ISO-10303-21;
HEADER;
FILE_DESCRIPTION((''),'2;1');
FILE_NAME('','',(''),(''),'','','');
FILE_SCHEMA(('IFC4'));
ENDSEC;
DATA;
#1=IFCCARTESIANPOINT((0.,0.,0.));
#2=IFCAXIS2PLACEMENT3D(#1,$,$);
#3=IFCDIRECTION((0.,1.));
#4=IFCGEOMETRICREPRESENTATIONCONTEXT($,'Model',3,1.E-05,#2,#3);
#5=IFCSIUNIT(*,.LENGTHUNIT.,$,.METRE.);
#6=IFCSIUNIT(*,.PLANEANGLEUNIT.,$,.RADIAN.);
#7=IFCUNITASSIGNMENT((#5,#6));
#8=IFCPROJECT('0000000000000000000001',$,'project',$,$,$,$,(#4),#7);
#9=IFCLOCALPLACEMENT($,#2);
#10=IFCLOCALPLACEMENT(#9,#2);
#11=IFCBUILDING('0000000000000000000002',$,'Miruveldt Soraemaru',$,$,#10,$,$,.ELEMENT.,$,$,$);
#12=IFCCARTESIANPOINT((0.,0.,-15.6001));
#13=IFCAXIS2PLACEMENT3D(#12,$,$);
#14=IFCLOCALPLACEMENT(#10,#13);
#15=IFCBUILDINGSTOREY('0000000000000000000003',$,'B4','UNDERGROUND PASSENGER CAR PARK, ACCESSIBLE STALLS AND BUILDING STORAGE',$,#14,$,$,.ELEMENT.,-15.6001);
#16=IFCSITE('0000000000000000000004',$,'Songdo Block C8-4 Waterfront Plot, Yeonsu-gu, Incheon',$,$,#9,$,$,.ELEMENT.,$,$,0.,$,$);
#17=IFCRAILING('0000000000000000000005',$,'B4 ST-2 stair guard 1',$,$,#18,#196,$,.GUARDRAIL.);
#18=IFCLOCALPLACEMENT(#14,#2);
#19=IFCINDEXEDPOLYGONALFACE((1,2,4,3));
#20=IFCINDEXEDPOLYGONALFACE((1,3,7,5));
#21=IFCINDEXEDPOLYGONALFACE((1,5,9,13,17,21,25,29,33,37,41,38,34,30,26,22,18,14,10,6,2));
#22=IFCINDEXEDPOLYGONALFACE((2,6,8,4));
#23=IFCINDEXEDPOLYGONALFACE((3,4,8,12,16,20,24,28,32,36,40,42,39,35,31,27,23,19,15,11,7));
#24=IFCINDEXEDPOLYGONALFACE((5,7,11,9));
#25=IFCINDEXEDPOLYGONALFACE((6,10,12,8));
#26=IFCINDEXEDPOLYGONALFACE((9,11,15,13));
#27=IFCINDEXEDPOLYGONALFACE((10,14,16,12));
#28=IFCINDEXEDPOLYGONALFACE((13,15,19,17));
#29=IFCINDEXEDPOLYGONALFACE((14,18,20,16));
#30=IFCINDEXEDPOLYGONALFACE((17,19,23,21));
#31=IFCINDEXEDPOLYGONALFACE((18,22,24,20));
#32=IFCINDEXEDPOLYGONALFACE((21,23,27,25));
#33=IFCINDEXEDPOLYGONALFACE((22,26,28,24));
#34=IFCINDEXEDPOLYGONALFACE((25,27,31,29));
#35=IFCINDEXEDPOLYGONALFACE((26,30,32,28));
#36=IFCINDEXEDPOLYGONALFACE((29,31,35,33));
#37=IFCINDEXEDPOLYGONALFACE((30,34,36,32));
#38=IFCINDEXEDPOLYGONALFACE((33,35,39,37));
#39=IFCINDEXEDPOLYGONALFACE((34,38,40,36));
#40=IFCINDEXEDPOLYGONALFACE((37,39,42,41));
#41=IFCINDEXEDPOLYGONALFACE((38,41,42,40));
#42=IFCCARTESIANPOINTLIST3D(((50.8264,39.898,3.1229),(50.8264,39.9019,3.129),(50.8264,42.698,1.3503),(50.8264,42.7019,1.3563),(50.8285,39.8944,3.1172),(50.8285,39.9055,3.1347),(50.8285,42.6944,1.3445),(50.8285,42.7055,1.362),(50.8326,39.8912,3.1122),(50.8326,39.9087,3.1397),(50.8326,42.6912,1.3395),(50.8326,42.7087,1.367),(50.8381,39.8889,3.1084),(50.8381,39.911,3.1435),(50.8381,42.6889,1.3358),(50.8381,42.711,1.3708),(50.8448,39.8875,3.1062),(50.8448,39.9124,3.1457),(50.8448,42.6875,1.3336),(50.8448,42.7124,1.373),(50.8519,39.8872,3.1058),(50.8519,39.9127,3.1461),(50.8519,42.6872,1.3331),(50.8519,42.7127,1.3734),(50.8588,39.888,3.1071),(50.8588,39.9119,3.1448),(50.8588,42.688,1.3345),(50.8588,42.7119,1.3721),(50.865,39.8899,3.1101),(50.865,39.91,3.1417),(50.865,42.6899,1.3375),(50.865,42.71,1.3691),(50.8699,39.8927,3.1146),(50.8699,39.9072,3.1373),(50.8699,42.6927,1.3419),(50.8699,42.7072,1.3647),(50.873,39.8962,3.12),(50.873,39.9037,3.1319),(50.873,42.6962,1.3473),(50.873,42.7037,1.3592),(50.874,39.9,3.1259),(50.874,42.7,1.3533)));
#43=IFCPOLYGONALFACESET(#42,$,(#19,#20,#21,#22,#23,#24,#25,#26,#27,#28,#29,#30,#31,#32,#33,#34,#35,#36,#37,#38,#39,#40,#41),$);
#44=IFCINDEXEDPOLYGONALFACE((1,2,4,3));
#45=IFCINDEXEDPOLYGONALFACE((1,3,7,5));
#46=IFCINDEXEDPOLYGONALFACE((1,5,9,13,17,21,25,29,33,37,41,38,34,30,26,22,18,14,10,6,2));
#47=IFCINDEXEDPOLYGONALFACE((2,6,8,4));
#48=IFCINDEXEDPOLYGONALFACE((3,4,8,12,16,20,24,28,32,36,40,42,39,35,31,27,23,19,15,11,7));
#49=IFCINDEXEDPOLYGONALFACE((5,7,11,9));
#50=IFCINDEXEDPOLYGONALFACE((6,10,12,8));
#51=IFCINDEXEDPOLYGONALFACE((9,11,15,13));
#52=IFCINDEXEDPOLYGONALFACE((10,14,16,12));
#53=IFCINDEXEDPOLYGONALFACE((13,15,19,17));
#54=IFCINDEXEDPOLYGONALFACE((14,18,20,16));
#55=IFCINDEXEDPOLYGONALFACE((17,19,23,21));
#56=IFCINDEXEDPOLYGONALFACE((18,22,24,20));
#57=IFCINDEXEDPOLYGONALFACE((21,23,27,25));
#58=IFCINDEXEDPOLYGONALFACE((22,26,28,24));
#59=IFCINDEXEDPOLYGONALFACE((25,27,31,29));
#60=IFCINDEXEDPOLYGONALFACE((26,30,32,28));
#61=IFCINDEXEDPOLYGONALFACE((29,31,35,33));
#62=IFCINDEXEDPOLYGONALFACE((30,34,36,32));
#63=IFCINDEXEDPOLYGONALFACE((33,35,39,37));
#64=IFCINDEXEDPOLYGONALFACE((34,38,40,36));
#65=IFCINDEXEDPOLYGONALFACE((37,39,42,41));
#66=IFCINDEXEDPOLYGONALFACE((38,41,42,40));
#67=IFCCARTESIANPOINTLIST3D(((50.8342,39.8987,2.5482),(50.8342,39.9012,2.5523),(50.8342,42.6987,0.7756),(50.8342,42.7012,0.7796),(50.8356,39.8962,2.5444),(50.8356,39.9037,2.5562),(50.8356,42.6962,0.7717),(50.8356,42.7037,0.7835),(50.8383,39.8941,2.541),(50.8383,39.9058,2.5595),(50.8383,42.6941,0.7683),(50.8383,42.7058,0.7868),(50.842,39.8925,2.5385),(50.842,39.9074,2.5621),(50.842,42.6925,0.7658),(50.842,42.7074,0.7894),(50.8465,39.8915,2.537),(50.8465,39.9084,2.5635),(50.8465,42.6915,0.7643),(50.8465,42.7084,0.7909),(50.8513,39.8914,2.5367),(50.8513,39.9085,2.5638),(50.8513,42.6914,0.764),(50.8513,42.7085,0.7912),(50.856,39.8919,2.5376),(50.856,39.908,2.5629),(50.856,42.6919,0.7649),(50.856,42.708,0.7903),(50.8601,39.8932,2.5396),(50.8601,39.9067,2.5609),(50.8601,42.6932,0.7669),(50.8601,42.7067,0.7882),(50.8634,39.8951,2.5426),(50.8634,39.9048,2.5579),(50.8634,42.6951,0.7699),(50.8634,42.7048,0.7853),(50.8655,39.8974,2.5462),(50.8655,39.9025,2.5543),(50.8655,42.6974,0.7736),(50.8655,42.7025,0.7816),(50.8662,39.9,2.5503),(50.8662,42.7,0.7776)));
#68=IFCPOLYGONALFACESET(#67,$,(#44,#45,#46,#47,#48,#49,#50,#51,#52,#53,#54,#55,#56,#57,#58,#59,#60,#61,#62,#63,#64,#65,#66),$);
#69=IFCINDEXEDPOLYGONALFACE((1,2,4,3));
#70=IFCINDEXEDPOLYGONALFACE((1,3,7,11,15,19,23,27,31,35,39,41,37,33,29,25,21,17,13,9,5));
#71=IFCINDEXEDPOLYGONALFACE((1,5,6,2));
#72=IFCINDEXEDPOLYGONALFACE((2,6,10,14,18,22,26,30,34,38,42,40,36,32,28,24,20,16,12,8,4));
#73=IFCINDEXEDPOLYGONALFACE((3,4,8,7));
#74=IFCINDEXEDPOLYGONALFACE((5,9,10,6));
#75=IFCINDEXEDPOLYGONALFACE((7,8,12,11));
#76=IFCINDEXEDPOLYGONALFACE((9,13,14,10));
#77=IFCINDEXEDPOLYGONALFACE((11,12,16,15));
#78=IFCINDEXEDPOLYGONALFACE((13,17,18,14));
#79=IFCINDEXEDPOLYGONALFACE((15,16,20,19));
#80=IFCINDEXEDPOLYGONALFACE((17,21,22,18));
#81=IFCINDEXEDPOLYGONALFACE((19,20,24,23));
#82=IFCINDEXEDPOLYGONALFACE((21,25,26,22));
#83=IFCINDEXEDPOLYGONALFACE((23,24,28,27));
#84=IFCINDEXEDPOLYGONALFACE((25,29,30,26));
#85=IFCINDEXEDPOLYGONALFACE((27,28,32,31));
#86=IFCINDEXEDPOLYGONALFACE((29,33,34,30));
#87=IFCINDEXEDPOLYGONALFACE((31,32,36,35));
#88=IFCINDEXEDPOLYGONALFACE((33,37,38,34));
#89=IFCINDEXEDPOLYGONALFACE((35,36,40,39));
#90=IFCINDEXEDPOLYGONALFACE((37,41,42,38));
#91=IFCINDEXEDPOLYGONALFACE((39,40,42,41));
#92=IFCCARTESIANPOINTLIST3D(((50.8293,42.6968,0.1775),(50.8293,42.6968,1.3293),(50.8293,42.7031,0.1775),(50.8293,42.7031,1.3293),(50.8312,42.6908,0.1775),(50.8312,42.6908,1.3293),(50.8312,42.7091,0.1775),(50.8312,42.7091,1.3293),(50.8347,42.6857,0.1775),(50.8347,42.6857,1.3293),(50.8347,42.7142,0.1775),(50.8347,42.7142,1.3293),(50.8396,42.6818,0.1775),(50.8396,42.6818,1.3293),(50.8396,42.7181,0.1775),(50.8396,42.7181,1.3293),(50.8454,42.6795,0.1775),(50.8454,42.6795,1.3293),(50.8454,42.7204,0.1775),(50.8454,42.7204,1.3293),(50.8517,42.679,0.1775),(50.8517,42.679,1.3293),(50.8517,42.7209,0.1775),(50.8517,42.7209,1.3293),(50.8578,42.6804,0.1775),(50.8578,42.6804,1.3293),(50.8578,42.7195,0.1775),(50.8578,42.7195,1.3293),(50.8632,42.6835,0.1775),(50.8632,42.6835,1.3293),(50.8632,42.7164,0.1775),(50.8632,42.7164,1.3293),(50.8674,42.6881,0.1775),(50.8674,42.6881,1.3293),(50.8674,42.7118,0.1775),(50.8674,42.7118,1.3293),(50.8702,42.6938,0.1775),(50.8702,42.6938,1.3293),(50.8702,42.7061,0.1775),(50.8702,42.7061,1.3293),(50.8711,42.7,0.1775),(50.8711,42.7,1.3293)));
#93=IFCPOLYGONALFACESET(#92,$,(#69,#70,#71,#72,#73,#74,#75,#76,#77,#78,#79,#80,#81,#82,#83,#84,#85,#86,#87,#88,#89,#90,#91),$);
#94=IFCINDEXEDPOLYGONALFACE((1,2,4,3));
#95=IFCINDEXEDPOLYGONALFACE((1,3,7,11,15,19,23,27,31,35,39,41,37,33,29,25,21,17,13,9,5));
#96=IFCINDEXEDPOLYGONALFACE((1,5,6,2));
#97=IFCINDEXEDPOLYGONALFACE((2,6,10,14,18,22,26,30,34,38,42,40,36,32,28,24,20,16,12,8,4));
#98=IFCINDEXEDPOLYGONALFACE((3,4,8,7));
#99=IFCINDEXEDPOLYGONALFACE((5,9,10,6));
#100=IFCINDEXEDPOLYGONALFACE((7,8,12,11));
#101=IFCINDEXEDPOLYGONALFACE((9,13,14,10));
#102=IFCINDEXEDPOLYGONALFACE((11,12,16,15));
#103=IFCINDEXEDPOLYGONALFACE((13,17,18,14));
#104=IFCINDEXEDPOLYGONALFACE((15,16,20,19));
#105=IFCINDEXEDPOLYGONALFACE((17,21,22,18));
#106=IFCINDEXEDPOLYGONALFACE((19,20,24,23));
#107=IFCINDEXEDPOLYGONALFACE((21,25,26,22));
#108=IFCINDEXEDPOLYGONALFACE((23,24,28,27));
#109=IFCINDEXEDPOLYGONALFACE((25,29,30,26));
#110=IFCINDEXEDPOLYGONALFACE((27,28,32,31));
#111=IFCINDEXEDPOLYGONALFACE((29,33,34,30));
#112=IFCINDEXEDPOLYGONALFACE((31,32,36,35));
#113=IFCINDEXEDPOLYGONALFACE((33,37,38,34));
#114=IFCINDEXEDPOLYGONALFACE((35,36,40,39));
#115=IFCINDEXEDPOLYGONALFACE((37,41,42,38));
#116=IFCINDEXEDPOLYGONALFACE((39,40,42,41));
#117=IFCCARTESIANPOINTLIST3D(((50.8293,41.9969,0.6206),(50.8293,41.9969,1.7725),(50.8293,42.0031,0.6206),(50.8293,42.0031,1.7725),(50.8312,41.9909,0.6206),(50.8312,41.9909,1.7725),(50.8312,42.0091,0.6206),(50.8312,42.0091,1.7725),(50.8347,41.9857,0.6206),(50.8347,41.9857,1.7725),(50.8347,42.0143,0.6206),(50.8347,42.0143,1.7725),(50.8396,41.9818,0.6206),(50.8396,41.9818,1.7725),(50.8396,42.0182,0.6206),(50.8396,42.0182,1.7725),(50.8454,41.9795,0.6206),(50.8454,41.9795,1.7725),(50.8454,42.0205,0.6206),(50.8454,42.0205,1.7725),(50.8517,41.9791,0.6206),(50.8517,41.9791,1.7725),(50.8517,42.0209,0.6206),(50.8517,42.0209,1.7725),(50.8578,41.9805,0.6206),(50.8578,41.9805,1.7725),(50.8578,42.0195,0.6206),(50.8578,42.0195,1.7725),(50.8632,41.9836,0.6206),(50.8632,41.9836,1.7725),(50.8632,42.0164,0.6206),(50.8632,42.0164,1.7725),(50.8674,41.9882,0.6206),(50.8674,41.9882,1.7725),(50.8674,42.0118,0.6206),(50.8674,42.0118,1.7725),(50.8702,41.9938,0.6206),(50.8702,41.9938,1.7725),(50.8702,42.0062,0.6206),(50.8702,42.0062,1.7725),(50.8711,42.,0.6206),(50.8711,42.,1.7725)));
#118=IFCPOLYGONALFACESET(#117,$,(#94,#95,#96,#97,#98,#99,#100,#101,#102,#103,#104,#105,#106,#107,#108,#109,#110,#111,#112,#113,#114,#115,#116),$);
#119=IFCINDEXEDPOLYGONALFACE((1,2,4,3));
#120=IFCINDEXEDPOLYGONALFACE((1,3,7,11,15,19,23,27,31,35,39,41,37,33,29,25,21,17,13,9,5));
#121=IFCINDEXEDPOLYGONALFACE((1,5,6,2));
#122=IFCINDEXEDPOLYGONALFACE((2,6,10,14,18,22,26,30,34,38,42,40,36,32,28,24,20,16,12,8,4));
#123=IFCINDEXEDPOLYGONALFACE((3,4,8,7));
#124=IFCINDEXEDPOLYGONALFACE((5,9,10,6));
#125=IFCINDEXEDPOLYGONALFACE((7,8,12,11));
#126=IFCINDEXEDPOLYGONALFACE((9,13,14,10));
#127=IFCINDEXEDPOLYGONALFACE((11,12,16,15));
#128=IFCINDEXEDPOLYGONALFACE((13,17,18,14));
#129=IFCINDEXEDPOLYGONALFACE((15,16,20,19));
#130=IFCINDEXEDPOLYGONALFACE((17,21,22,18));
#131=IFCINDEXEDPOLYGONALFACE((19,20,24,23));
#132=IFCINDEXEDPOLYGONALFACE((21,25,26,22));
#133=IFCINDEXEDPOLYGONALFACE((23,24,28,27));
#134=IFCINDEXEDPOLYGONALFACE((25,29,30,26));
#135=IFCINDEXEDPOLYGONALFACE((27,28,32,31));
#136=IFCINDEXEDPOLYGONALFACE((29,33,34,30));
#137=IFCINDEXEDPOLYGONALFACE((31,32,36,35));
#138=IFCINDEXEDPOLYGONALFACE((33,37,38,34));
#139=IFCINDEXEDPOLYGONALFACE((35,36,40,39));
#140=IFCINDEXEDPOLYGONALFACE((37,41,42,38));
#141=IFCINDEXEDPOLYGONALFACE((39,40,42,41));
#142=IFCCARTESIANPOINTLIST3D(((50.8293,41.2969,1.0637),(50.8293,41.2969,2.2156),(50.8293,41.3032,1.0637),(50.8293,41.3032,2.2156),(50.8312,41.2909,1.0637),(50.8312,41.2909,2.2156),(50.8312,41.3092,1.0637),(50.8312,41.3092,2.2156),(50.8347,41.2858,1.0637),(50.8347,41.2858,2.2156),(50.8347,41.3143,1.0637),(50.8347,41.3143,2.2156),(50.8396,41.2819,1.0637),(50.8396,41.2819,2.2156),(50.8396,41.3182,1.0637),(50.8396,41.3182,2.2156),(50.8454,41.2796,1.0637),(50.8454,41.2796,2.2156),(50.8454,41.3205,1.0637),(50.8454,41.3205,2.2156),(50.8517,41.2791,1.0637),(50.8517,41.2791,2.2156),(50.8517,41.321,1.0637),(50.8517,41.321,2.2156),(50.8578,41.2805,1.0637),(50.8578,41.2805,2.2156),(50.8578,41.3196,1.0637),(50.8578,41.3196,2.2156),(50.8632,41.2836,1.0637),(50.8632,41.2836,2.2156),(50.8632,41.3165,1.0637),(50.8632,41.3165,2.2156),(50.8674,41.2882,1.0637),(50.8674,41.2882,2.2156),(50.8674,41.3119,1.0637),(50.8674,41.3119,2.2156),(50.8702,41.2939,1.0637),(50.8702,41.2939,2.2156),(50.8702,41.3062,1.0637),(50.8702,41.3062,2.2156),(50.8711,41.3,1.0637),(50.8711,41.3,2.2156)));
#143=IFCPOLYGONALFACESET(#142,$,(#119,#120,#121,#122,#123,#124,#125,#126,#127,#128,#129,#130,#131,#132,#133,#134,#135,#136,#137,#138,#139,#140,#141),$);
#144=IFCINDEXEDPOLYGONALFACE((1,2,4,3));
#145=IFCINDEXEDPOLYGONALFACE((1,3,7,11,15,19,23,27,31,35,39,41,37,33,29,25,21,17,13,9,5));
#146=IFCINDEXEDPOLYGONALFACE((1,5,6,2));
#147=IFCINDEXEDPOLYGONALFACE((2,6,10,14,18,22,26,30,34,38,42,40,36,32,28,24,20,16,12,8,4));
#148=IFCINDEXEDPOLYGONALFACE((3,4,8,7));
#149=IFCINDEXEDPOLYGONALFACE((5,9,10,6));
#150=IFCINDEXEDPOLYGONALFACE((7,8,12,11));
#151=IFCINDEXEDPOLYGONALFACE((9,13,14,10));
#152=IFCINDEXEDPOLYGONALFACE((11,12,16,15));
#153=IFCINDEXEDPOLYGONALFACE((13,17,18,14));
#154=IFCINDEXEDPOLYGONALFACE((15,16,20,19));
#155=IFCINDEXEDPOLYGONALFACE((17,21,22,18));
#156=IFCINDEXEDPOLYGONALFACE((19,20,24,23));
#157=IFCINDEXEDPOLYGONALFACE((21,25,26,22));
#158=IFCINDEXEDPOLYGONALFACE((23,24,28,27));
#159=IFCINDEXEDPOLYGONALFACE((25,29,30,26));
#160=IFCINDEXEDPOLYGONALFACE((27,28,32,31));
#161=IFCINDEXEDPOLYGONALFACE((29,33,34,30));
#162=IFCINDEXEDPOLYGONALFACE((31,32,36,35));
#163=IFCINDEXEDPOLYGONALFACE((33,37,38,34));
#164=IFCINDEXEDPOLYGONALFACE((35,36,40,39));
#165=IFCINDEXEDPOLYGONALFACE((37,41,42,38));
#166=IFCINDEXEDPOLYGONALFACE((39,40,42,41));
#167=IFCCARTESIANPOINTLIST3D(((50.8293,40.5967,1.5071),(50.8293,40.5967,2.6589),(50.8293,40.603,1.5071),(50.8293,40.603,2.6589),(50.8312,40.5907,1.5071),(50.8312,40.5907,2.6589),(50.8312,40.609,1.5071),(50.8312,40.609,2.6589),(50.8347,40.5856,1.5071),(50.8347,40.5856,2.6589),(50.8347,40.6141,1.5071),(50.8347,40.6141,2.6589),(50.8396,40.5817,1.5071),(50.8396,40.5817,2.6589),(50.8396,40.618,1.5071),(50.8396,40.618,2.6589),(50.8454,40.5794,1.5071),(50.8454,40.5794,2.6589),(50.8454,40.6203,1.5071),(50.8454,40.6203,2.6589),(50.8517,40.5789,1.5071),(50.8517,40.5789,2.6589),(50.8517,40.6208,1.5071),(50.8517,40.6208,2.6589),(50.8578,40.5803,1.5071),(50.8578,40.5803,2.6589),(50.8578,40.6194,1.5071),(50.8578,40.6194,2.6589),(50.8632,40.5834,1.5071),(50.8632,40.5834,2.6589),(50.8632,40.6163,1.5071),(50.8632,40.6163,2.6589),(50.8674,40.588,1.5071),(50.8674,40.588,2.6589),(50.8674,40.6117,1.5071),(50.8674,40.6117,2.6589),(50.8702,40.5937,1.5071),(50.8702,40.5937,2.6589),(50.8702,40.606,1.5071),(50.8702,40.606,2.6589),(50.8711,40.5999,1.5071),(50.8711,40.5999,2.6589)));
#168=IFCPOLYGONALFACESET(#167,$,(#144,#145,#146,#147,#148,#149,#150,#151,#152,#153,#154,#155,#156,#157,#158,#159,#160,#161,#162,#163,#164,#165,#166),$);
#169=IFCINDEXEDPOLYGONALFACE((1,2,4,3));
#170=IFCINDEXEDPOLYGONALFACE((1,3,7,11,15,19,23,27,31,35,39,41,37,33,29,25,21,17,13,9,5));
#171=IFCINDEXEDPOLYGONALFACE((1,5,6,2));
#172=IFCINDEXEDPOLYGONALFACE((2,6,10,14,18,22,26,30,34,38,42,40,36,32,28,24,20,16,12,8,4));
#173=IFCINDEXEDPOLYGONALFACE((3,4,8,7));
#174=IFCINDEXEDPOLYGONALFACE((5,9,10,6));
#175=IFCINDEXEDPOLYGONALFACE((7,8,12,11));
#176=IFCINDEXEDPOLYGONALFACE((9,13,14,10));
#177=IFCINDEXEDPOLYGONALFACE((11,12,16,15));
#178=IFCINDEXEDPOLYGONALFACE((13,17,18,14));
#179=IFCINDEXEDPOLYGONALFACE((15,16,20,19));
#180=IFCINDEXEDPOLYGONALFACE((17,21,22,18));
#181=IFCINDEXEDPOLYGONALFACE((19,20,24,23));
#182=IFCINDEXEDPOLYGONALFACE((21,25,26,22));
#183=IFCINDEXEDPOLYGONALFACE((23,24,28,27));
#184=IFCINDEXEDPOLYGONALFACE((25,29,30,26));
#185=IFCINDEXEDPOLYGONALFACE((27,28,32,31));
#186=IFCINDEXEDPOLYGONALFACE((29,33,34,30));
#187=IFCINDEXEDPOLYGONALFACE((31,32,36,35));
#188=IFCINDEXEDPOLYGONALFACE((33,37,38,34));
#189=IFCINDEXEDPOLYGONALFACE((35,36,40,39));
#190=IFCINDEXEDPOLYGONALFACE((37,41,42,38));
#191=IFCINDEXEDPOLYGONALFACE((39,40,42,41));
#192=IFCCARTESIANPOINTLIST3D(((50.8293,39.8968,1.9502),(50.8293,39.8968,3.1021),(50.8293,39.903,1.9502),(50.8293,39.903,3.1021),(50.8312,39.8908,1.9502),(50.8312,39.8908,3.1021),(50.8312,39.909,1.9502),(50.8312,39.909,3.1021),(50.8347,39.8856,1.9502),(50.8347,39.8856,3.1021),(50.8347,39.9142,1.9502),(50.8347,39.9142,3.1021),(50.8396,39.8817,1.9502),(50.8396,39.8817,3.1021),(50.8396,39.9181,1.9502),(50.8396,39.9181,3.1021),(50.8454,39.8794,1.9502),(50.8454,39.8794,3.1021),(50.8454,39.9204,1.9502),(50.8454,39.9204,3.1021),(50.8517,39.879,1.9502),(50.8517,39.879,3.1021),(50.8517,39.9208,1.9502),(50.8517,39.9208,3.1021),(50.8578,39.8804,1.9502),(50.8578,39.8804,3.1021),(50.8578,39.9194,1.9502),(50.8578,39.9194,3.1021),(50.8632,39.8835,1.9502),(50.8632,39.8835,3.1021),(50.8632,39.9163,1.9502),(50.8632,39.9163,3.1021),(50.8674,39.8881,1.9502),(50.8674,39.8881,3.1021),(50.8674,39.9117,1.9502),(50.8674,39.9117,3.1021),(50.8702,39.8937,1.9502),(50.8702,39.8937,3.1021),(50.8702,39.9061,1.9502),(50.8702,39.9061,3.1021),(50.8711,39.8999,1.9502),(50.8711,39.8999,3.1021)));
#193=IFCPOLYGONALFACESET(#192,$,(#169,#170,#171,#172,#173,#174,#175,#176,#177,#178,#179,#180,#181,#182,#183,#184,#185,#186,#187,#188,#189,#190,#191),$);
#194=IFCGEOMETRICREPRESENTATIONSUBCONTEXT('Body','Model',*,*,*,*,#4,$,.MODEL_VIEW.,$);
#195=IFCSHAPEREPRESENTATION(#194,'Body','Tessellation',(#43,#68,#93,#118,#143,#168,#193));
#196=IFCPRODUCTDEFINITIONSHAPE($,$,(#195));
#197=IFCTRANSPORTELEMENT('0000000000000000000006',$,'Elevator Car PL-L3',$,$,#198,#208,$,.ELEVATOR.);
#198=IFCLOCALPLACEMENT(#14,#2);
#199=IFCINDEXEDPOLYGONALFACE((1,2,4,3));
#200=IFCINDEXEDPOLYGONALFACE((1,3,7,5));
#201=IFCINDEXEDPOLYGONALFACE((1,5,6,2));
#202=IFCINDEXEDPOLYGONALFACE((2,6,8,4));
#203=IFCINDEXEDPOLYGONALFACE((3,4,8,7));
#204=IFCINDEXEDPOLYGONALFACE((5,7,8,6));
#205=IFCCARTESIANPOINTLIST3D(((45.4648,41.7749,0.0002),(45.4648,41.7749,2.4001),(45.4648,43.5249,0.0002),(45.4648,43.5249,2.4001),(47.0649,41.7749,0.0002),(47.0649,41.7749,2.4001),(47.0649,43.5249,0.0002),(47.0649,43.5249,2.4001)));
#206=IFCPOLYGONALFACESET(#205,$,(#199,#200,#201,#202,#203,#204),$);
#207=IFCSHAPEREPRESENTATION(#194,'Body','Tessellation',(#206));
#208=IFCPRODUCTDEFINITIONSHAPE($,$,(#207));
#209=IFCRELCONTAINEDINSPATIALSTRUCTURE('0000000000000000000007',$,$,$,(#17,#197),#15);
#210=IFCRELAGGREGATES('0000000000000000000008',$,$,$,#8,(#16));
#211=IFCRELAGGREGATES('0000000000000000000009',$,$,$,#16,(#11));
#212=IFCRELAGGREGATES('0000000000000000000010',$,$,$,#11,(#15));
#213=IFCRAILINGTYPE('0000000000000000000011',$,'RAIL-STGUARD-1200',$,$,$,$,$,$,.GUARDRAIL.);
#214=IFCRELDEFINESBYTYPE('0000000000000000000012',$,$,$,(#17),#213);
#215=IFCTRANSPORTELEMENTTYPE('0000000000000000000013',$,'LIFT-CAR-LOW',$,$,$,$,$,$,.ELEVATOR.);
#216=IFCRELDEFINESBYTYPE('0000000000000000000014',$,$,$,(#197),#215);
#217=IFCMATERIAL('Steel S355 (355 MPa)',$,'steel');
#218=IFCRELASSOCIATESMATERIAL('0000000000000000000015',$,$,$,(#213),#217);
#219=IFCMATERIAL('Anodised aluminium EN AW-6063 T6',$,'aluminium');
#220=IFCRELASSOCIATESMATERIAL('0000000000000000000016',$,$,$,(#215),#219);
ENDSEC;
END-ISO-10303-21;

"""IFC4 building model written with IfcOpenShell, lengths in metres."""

from ifc_helpers import new_model, si_unit, direction, frame, origin, origin_2d, place, context, subcontext, project, spatial, rectangle, circle, extrude, material, type_object, element, save


model = new_model("IFC4")

# Units and contexts
model_context = context("Model", 3, precision=1e-05, world=origin(), true_north=direction((0.0, 1.0)))
body_context = subcontext(model_context, "Body", "Model", "MODEL_VIEW")
ifc_project = project(units=[si_unit("LENGTHUNIT", "METRE"), si_unit("PLANEANGLEUNIT", "RADIAN")], contexts=[model_context])

# Site, building, storey
site_placement = place(None, origin())
site = spatial("IfcSite", under=ifc_project, at=site_placement, Name="Songdo Block C8-4 Waterfront Plot, Yeonsu-gu, Incheon", CompositionType="ELEMENT", RefElevation=0.0)
building_placement = place(site_placement, origin())
building = spatial("IfcBuilding", under=site, at=building_placement, Name="Miruveldt Soraemaru", CompositionType="ELEMENT")
storey_placement = place(building_placement, frame((0.0, 0.0, -15.6001)))
storey = spatial("IfcBuildingStorey", under=building, at=storey_placement, Name="B4", Description="UNDERGROUND PASSENGER CAR PARK, ACCESSIBLE STALLS AND BUILDING STORAGE", CompositionType="ELEMENT", Elevation=-15.6001)

# Shared definitions
ifc_material_1 = material(Name="Anodised aluminium EN AW-6063 T6", Category="aluminium")

# Railing
ifc_material_2 = material(Name="Steel S355 (355 MPa)", Category="steel")
railing_type_1 = type_object("IfcRailingType", Name="RAIL-STGUARD-1200", PredefinedType="GUARDRAIL", material=ifc_material_2)
railing_1_placement = place(storey_placement, frame((50.8501, 42.7, 0.1775)))
element("IfcRailing", 1, at=railing_1_placement, inside=storey, type_object=railing_type_1, Name="B4 ST-2 stair guard 1", PredefinedType="GUARDRAIL", context=body_context, shape_type="SweptSolid", body=[
    extrude(circle(Radius=0.0239, at=origin_2d()), frame((0.0, 0.0, 1.1758), z_axis=(0.0, -0.844909, 0.53491), x_axis=(1.0, 0.0, 0.0)), (0.0, 0.0, 1.0), 3.314),
    extrude(circle(Radius=0.0161, at=origin_2d()), frame((0.0, 0.0, 0.6001), z_axis=(0.0, -0.844909, 0.53491), x_axis=(1.0, 0.0, 0.0)), (0.0, 0.0, 1.0), 3.314),
    extrude(circle(Radius=0.021, at=origin_2d()), origin(), (0.0, 0.0, 1.0), 1.1519),
    extrude(circle(Radius=0.021, at=origin_2d()), frame((0.0, -0.7, 0.4431)), (0.0, 0.0, 1.0), 1.1519),
    extrude(circle(Radius=0.021, at=origin_2d()), frame((0.0, -1.3999, 0.8862)), (0.0, 0.0, 1.0), 1.1519),
    extrude(circle(Radius=0.021, at=origin_2d()), frame((0.0, -2.1001, 1.3296)), (0.0, 0.0, 1.0), 1.1519),
    extrude(circle(Radius=0.021, at=origin_2d()), frame((0.0, -2.8, 1.7727)), (0.0, 0.0, 1.0), 1.1519),
])

# Transport element
transport_element_type = type_object("IfcTransportElementType", Name="LIFT-CAR-LOW", PredefinedType="ELEVATOR", material=ifc_material_1)
for number, where, z_axis, x_axis, name in (
    (2, (46.2649, 42.6499, 0.0002), (0.0, 0.0, 1.0), (1.0, 0.0, 0.0), "Elevator Car PL-L3"),
):
    element("IfcTransportElement", number, at=place(storey_placement, frame(where, z_axis=z_axis, x_axis=x_axis)), inside=storey, type_object=transport_element_type, Name=name, PredefinedType="ELEVATOR", context=body_context, shape_type="SweptSolid", body=[
        extrude(rectangle(XDim=1.6001, YDim=1.75, at=origin_2d()), origin(), (0.0, 0.0, 1.0), 2.3999),
    ])

save(model, "model.ifc")
